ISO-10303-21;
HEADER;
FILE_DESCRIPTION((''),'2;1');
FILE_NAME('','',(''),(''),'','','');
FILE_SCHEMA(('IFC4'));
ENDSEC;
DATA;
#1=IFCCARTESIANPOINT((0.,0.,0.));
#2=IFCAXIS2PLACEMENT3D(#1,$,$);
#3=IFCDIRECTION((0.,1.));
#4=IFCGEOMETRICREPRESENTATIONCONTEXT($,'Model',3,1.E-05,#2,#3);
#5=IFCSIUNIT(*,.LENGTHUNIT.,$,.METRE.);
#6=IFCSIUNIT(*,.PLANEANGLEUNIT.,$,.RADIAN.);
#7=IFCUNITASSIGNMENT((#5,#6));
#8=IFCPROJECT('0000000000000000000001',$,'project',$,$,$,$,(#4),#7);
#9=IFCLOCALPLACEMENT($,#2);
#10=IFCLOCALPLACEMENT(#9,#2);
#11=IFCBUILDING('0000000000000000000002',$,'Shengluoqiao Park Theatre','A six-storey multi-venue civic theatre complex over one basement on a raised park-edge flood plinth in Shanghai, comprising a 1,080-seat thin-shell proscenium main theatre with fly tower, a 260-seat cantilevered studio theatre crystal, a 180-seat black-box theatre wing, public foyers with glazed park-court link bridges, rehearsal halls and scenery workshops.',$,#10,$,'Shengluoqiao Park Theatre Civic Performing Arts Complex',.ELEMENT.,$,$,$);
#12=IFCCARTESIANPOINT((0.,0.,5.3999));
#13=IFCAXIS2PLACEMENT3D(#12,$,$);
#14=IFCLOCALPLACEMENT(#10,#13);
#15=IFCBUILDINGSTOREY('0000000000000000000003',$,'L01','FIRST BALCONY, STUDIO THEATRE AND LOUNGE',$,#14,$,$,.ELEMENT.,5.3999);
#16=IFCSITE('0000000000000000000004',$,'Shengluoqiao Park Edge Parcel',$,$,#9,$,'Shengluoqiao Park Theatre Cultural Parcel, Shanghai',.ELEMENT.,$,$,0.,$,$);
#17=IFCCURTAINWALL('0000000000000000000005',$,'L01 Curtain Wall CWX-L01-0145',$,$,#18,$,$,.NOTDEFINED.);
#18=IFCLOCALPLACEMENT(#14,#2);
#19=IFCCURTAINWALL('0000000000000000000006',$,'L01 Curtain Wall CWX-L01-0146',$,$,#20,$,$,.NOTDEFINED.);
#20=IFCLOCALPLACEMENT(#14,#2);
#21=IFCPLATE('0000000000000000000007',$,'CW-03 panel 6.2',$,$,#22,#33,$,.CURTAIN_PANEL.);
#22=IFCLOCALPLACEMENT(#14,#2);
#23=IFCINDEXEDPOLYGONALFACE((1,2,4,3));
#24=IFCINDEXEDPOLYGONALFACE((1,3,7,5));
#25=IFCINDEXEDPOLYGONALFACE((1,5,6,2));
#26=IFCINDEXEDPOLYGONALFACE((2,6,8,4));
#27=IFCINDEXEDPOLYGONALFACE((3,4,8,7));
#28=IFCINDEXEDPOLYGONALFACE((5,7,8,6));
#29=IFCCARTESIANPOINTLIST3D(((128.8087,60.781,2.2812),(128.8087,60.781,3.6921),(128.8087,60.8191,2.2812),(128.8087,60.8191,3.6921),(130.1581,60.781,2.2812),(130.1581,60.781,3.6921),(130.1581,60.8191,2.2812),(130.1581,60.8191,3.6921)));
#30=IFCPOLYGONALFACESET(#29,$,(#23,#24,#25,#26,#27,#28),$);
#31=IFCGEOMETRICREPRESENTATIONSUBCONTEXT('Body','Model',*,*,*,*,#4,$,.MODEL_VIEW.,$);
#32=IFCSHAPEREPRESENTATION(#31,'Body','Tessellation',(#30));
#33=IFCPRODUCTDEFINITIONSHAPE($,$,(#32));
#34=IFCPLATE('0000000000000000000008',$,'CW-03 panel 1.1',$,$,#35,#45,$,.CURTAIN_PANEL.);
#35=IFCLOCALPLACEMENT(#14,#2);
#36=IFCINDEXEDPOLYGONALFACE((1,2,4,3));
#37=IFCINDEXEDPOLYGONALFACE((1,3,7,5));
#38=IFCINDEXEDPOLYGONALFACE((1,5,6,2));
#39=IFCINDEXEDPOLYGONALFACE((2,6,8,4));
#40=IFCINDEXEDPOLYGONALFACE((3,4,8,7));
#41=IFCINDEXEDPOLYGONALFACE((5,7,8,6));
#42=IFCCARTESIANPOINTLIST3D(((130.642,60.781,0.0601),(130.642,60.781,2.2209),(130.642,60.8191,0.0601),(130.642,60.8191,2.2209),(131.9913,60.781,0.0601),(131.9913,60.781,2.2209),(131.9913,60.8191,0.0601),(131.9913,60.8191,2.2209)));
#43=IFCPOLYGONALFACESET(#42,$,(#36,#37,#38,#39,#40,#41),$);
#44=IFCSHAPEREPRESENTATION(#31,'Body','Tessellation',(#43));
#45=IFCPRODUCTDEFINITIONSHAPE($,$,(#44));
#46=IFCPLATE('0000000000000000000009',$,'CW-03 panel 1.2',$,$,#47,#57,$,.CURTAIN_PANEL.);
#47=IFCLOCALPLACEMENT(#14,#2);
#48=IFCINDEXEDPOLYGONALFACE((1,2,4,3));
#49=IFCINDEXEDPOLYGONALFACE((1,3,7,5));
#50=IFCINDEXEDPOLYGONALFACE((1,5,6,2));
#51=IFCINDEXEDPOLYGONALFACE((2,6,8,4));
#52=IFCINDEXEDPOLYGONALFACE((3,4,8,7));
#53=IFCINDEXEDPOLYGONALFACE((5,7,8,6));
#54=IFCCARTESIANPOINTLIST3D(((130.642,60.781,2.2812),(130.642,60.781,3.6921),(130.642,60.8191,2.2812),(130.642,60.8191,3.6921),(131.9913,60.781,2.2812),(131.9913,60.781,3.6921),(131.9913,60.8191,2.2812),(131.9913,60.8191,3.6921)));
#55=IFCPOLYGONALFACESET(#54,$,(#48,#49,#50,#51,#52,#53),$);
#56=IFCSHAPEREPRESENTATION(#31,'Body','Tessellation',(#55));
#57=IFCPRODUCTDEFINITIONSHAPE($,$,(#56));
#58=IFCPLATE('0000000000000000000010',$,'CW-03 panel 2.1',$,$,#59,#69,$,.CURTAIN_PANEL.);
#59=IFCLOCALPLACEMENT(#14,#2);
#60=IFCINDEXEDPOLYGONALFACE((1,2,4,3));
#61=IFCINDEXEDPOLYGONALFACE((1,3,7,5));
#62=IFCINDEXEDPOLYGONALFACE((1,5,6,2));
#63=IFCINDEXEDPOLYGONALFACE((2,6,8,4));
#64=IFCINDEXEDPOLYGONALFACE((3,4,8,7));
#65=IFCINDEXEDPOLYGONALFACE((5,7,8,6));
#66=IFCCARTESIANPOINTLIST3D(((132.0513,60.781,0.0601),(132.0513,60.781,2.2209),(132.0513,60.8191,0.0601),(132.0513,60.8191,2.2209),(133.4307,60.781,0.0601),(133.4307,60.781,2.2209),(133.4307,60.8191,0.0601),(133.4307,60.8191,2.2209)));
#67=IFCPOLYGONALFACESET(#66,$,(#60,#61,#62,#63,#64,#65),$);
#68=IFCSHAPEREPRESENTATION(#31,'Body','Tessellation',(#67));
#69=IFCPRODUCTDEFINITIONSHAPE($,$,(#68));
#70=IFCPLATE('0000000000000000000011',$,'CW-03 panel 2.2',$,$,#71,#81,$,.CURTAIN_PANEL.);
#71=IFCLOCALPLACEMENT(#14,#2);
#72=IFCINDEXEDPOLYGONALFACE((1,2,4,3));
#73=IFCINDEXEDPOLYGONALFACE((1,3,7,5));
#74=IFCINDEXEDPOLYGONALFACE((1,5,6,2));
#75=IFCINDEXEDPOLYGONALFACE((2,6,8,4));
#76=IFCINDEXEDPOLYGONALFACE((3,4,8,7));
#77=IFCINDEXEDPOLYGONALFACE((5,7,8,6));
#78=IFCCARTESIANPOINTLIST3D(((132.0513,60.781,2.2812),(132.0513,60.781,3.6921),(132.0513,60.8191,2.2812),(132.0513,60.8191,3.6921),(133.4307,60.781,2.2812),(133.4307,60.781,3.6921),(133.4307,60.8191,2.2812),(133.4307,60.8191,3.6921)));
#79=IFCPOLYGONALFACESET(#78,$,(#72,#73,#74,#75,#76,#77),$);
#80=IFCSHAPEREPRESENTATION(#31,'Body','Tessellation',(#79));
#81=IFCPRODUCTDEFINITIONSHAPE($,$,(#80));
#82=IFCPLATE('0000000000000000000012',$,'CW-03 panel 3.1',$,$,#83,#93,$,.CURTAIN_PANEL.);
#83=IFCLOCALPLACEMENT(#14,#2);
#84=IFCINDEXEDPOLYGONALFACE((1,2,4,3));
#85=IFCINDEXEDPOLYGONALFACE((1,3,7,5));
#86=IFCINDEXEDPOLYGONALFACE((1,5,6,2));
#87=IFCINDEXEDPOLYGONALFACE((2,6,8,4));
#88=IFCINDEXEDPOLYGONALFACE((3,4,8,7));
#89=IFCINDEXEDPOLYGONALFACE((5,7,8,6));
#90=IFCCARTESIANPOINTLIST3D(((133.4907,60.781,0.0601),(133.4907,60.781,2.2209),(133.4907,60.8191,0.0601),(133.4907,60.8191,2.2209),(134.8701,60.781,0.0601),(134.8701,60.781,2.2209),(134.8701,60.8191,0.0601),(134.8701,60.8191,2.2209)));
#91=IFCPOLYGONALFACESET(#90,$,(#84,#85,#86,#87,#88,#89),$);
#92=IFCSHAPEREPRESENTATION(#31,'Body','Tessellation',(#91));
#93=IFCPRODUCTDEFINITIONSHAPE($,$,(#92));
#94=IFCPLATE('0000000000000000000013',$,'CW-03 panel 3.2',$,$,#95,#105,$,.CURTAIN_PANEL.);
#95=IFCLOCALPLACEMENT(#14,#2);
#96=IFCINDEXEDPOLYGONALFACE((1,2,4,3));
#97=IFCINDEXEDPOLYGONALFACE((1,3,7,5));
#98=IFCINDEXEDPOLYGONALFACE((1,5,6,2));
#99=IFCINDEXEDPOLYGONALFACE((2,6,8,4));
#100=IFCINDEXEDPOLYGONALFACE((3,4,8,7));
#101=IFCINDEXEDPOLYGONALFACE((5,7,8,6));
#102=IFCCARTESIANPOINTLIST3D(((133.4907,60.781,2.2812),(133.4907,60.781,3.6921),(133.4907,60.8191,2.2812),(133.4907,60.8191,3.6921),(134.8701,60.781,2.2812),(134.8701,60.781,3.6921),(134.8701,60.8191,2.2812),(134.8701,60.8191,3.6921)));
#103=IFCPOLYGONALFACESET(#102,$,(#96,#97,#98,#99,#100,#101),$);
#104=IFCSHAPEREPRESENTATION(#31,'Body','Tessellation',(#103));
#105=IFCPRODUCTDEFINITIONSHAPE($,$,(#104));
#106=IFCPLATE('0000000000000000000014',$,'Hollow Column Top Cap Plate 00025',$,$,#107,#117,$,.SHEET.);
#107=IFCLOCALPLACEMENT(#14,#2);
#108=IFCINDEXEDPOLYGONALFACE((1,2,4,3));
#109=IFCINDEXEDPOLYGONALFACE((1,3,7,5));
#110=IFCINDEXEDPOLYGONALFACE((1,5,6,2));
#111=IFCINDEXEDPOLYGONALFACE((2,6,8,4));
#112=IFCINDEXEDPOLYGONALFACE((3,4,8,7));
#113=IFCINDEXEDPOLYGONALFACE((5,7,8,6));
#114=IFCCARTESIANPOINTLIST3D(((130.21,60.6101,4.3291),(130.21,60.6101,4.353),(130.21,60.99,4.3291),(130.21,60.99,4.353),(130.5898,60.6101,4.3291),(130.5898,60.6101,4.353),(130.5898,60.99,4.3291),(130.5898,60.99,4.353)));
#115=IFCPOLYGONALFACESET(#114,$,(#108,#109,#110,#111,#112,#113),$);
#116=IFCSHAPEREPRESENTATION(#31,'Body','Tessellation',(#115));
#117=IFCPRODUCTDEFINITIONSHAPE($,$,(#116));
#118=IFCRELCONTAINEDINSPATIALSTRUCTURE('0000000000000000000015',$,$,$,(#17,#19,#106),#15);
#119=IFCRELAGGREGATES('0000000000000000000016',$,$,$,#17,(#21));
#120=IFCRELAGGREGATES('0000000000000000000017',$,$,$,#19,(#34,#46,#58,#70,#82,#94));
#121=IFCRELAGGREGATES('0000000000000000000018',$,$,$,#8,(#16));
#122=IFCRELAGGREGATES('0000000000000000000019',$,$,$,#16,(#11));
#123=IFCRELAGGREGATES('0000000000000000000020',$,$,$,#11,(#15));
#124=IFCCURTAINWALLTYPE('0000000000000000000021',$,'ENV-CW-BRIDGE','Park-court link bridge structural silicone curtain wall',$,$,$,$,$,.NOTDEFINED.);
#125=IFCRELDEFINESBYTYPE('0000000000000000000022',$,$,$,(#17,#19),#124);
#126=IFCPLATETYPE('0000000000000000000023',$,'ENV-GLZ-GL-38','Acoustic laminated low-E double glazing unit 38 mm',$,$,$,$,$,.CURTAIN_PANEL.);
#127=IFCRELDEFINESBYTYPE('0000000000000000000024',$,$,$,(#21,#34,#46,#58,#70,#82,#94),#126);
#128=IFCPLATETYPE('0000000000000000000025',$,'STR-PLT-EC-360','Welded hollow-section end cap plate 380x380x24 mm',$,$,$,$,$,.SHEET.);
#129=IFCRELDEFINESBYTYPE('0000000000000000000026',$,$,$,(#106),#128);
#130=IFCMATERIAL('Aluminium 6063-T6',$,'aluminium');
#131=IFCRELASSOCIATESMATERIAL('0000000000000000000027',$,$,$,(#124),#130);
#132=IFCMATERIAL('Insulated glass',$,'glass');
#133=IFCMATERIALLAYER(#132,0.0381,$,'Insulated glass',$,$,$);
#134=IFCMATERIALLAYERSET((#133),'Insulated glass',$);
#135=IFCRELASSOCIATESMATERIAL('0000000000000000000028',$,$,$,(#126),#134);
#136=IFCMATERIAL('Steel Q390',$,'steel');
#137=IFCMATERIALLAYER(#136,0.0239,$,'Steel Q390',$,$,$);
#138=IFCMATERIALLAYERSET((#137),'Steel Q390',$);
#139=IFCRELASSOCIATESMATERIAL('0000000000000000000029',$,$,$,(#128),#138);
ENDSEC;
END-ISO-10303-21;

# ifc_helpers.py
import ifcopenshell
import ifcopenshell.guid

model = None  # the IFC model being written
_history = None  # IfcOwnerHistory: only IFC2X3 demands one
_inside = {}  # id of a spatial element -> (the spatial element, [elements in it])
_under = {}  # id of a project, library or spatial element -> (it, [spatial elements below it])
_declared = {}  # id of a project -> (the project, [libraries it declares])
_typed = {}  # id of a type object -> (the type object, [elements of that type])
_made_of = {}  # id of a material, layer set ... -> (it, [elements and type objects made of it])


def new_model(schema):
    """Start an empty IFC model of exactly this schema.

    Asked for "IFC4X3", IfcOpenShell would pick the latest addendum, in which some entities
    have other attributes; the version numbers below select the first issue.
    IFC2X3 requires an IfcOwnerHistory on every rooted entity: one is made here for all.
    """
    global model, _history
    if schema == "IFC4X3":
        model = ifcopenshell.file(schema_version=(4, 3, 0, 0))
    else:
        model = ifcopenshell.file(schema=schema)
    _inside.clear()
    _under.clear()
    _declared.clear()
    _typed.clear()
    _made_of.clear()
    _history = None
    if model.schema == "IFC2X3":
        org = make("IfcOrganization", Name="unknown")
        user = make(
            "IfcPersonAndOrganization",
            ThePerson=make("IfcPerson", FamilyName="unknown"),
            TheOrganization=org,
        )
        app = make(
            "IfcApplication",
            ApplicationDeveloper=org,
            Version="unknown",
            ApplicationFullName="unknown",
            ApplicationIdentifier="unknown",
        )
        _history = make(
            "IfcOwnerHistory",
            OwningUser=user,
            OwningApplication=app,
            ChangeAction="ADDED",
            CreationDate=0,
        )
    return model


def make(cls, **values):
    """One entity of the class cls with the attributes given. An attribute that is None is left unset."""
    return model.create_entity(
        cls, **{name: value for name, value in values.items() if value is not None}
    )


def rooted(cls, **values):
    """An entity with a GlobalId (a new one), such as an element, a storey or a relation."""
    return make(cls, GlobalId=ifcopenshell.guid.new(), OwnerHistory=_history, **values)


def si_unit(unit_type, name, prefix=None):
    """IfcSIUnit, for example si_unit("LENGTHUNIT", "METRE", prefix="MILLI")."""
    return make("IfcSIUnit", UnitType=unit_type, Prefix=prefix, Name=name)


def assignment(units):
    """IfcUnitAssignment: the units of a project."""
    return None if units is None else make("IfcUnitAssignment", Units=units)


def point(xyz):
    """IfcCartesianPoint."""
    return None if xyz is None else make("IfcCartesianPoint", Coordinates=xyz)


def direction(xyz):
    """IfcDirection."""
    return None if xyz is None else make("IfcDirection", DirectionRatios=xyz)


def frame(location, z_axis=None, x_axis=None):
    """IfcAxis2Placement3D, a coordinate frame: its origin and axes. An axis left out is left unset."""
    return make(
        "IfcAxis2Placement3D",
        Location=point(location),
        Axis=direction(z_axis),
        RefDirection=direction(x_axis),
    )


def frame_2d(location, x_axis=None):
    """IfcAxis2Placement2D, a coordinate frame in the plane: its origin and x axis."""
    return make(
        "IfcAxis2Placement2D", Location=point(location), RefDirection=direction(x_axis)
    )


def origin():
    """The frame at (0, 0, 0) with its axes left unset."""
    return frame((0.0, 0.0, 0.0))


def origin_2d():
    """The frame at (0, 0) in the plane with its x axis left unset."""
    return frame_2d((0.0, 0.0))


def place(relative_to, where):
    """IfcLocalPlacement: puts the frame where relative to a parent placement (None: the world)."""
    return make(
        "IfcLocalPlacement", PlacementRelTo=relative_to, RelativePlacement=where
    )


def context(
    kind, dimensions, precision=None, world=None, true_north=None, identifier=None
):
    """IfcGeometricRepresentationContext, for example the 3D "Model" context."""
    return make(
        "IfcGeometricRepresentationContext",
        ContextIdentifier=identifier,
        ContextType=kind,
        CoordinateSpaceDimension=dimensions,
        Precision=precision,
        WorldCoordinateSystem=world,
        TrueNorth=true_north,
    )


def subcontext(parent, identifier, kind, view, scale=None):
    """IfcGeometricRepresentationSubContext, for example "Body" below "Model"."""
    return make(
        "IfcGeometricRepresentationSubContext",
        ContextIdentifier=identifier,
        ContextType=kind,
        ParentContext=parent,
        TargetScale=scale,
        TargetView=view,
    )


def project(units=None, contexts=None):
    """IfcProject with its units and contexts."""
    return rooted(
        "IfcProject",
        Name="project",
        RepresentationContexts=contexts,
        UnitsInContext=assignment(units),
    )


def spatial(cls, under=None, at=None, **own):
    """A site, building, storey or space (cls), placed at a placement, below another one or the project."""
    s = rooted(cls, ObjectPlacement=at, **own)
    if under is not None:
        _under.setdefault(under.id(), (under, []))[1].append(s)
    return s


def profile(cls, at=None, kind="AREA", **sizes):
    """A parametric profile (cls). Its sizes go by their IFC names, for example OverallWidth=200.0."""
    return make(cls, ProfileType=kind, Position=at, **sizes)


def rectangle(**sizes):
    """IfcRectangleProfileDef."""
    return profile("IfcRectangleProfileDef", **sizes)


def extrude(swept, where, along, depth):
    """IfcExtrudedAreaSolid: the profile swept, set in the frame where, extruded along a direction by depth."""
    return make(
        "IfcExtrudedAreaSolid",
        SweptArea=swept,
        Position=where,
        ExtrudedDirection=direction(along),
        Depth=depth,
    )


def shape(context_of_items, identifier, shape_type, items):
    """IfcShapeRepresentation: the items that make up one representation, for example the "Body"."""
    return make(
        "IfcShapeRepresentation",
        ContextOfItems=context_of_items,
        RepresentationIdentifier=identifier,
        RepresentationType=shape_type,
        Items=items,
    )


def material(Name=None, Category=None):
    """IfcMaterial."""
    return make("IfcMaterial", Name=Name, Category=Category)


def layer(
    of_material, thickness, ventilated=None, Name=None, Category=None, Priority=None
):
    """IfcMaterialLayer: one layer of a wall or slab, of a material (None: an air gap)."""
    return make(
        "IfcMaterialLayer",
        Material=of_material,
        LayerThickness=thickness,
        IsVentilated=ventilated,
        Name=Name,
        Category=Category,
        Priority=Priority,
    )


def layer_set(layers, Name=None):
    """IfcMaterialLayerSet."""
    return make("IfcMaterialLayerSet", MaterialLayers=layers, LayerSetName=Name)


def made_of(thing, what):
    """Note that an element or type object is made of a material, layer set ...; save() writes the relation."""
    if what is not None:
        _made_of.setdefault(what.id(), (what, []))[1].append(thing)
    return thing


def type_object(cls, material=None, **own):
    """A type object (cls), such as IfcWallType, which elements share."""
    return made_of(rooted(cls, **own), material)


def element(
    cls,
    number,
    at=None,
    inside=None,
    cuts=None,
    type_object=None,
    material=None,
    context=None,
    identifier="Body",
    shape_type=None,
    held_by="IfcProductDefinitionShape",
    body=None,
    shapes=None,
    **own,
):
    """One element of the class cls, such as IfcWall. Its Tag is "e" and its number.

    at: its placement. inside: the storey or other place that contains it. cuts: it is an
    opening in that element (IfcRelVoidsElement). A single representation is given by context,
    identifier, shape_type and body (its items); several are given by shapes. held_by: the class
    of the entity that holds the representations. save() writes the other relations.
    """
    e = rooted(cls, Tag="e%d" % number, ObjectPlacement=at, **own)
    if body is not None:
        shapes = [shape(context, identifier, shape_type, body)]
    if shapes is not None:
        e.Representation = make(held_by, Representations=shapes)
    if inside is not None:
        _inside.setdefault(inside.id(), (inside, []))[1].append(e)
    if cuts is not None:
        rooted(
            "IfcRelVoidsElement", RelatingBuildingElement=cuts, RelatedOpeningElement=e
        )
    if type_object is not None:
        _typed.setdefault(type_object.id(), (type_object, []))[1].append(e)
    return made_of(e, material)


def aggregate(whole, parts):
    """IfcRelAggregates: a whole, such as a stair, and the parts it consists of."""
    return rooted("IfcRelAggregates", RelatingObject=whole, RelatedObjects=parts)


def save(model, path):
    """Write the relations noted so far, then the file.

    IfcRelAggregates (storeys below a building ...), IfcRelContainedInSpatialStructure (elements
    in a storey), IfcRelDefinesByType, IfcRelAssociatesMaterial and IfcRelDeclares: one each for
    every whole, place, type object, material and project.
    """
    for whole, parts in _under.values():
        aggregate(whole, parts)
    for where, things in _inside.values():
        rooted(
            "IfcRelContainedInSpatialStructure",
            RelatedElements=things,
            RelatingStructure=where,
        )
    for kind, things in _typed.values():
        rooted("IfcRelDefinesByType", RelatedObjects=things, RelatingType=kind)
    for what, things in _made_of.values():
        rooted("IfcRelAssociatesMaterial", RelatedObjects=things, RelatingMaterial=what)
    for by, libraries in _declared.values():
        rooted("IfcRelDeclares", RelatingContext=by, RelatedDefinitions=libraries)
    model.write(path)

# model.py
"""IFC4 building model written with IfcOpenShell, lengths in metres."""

from ifc_helpers import new_model, si_unit, direction, frame, origin, origin_2d, place, context, subcontext, project, spatial, rectangle, extrude, material, layer, layer_set, type_object, element, aggregate, save


model = new_model("IFC4")

# Units and contexts
model_context = context("Model", 3, precision=1e-05, world=origin(), true_north=direction((0.0, 1.0)))
body_context = subcontext(model_context, "Body", "Model", "MODEL_VIEW")
ifc_project = project(units=[si_unit("LENGTHUNIT", "METRE"), si_unit("PLANEANGLEUNIT", "RADIAN")], contexts=[model_context])

# Site, building, storey
site_placement = place(None, origin())
site = spatial("IfcSite", under=ifc_project, at=site_placement, Name="Shengluoqiao Park Edge Parcel", LongName="Shengluoqiao Park Theatre Cultural Parcel, Shanghai", CompositionType="ELEMENT", RefElevation=0.0)
building_placement = place(site_placement, origin())
building = spatial("IfcBuilding", under=site, at=building_placement, Name="Shengluoqiao Park Theatre", Description="A six-storey multi-venue civic theatre complex over one basement on a raised park-edge flood plinth in Shanghai, comprising a 1,080-seat thin-shell proscenium main theatre with fly tower, a 260-seat cantilevered studio theatre crystal, a 180-seat black-box theatre wing, public foyers with glazed park-court link bridges, rehearsal halls and scenery workshops.", LongName="Shengluoqiao Park Theatre Civic Performing Arts Complex", CompositionType="ELEMENT")
storey_placement = place(building_placement, frame((0.0, 0.0, 5.3999)))
storey = spatial("IfcBuildingStorey", under=building, at=storey_placement, Name="L01", Description="FIRST BALCONY, STUDIO THEATRE AND LOUNGE", CompositionType="ELEMENT", Elevation=5.3999)

# Curtain wall
ifc_material_1 = material(Name="Aluminium 6063-T6", Category="aluminium")
curtain_wall_type = type_object("IfcCurtainWallType", Name="ENV-CW-BRIDGE", Description="Park-court link bridge structural silicone curtain wall", PredefinedType="NOTDEFINED", material=ifc_material_1)
curtain_wall_1_placement = place(storey_placement, origin())
curtain_wall_1 = element("IfcCurtainWall", 1, at=curtain_wall_1_placement, inside=storey, type_object=curtain_wall_type, Name="L01 Curtain Wall CWX-L01-0145", PredefinedType="NOTDEFINED")

# Curtain wall
curtain_wall_2_placement = place(storey_placement, origin())
curtain_wall_2 = element("IfcCurtainWall", 2, at=curtain_wall_2_placement, inside=storey, type_object=curtain_wall_type, Name="L01 Curtain Wall CWX-L01-0146", PredefinedType="NOTDEFINED")

# Plates
ifc_material_2 = material(Name="Insulated glass", Category="glass")
ifc_layer_1 = layer(ifc_material_2, 0.0381, Name="Insulated glass")
ifc_layer_set_1 = layer_set([ifc_layer_1], Name="Insulated glass")
plate_type_1 = type_object("IfcPlateType", Name="ENV-GLZ-GL-38", Description="Acoustic laminated low-E double glazing unit 38 mm", PredefinedType="CURTAIN_PANEL", material=ifc_layer_set_1)
plate_1_placement = place(storey_placement, frame((129.4834, 60.8, 2.2812), z_axis=(0.0, 0.0, 1.0), x_axis=(1.0, 0.0, 0.0)))
plate_1 = element("IfcPlate", 3, at=plate_1_placement, type_object=plate_type_1, Name="CW-03 panel 6.2", PredefinedType="CURTAIN_PANEL", context=body_context, shape_type="SweptSolid", body=[
    extrude(rectangle(XDim=1.3494, YDim=0.0381, at=origin_2d()), origin(), (0.0, 0.0, 1.0), 1.4109),
])
aggregate(curtain_wall_1, [plate_1])
plate_2_placement = place(storey_placement, frame((131.3167, 60.8, 0.0601), z_axis=(0.0, 0.0, 1.0), x_axis=(1.0, 0.0, 0.0)))
plate_2 = element("IfcPlate", 4, at=plate_2_placement, type_object=plate_type_1, Name="CW-03 panel 1.1", PredefinedType="CURTAIN_PANEL", context=body_context, shape_type="SweptSolid", body=[
    extrude(rectangle(XDim=1.3494, YDim=0.0381, at=origin_2d()), origin(), (0.0, 0.0, 1.0), 2.1609),
])
plate_3_placement = place(storey_placement, frame((131.3167, 60.8, 2.2812), z_axis=(0.0, 0.0, 1.0), x_axis=(1.0, 0.0, 0.0)))
plate_3 = element("IfcPlate", 5, at=plate_3_placement, type_object=plate_type_1, Name="CW-03 panel 1.2", PredefinedType="CURTAIN_PANEL", context=body_context, shape_type="SweptSolid", body=[
    extrude(rectangle(XDim=1.3494, YDim=0.0381, at=origin_2d()), origin(), (0.0, 0.0, 1.0), 1.4109),
])
plate_4_placement = place(storey_placement, frame((132.741, 60.8, 0.0601), z_axis=(0.0, 0.0, 1.0), x_axis=(1.0, 0.0, 0.0)))
plate_4 = element("IfcPlate", 6, at=plate_4_placement, type_object=plate_type_1, Name="CW-03 panel 2.1", PredefinedType="CURTAIN_PANEL", context=body_context, shape_type="SweptSolid", body=[
    extrude(rectangle(XDim=1.3794, YDim=0.0381, at=origin_2d()), origin(), (0.0, 0.0, 1.0), 2.1609),
])
plate_5_placement = place(storey_placement, frame((132.741, 60.8, 2.2812), z_axis=(0.0, 0.0, 1.0), x_axis=(1.0, 0.0, 0.0)))
plate_5 = element("IfcPlate", 7, at=plate_5_placement, type_object=plate_type_1, Name="CW-03 panel 2.2", PredefinedType="CURTAIN_PANEL", context=body_context, shape_type="SweptSolid", body=[
    extrude(rectangle(XDim=1.3794, YDim=0.0381, at=origin_2d()), origin(), (0.0, 0.0, 1.0), 1.4109),
])
plate_6_placement = place(storey_placement, frame((134.1804, 60.8, 0.0601), z_axis=(0.0, 0.0, 1.0), x_axis=(1.0, 0.0, 0.0)))
plate_6 = element("IfcPlate", 8, at=plate_6_placement, type_object=plate_type_1, Name="CW-03 panel 3.1", PredefinedType="CURTAIN_PANEL", context=body_context, shape_type="SweptSolid", body=[
    extrude(rectangle(XDim=1.3794, YDim=0.0381, at=origin_2d()), origin(), (0.0, 0.0, 1.0), 2.1609),
])
plate_7_placement = place(storey_placement, frame((134.1804, 60.8, 2.2812), z_axis=(0.0, 0.0, 1.0), x_axis=(1.0, 0.0, 0.0)))
plate_7 = element("IfcPlate", 9, at=plate_7_placement, type_object=plate_type_1, Name="CW-03 panel 3.2", PredefinedType="CURTAIN_PANEL", context=body_context, shape_type="SweptSolid", body=[
    extrude(rectangle(XDim=1.3794, YDim=0.0381, at=origin_2d()), origin(), (0.0, 0.0, 1.0), 1.4109),
])
aggregate(curtain_wall_2, [plate_2, plate_3, plate_4, plate_5, plate_6, plate_7])
ifc_material_3 = material(Name="Steel Q390", Category="steel")
ifc_layer_2 = layer(ifc_material_3, 0.0239, Name="Steel Q390")
ifc_layer_set_2 = layer_set([ifc_layer_2], Name="Steel Q390")
plate_type_2 = type_object("IfcPlateType", Name="STR-PLT-EC-360", Description="Welded hollow-section end cap plate 380x380x24 mm", PredefinedType="SHEET", material=ifc_layer_set_2)
plate_8_placement = place(storey_placement, frame((130.3999, 60.8, 4.3291), z_axis=(0.0, 0.0, 1.0), x_axis=(1.0, 0.0, 0.0)))
element("IfcPlate", 10, at=plate_8_placement, inside=storey, type_object=plate_type_2, Name="Hollow Column Top Cap Plate 00025", PredefinedType="SHEET", context=body_context, shape_type="SweptSolid", body=[
    extrude(rectangle(XDim=0.3799, YDim=0.3799, at=origin_2d()), origin(), (0.0, 0.0, 1.0), 0.0239),
])

save(model, "model.ifc")
